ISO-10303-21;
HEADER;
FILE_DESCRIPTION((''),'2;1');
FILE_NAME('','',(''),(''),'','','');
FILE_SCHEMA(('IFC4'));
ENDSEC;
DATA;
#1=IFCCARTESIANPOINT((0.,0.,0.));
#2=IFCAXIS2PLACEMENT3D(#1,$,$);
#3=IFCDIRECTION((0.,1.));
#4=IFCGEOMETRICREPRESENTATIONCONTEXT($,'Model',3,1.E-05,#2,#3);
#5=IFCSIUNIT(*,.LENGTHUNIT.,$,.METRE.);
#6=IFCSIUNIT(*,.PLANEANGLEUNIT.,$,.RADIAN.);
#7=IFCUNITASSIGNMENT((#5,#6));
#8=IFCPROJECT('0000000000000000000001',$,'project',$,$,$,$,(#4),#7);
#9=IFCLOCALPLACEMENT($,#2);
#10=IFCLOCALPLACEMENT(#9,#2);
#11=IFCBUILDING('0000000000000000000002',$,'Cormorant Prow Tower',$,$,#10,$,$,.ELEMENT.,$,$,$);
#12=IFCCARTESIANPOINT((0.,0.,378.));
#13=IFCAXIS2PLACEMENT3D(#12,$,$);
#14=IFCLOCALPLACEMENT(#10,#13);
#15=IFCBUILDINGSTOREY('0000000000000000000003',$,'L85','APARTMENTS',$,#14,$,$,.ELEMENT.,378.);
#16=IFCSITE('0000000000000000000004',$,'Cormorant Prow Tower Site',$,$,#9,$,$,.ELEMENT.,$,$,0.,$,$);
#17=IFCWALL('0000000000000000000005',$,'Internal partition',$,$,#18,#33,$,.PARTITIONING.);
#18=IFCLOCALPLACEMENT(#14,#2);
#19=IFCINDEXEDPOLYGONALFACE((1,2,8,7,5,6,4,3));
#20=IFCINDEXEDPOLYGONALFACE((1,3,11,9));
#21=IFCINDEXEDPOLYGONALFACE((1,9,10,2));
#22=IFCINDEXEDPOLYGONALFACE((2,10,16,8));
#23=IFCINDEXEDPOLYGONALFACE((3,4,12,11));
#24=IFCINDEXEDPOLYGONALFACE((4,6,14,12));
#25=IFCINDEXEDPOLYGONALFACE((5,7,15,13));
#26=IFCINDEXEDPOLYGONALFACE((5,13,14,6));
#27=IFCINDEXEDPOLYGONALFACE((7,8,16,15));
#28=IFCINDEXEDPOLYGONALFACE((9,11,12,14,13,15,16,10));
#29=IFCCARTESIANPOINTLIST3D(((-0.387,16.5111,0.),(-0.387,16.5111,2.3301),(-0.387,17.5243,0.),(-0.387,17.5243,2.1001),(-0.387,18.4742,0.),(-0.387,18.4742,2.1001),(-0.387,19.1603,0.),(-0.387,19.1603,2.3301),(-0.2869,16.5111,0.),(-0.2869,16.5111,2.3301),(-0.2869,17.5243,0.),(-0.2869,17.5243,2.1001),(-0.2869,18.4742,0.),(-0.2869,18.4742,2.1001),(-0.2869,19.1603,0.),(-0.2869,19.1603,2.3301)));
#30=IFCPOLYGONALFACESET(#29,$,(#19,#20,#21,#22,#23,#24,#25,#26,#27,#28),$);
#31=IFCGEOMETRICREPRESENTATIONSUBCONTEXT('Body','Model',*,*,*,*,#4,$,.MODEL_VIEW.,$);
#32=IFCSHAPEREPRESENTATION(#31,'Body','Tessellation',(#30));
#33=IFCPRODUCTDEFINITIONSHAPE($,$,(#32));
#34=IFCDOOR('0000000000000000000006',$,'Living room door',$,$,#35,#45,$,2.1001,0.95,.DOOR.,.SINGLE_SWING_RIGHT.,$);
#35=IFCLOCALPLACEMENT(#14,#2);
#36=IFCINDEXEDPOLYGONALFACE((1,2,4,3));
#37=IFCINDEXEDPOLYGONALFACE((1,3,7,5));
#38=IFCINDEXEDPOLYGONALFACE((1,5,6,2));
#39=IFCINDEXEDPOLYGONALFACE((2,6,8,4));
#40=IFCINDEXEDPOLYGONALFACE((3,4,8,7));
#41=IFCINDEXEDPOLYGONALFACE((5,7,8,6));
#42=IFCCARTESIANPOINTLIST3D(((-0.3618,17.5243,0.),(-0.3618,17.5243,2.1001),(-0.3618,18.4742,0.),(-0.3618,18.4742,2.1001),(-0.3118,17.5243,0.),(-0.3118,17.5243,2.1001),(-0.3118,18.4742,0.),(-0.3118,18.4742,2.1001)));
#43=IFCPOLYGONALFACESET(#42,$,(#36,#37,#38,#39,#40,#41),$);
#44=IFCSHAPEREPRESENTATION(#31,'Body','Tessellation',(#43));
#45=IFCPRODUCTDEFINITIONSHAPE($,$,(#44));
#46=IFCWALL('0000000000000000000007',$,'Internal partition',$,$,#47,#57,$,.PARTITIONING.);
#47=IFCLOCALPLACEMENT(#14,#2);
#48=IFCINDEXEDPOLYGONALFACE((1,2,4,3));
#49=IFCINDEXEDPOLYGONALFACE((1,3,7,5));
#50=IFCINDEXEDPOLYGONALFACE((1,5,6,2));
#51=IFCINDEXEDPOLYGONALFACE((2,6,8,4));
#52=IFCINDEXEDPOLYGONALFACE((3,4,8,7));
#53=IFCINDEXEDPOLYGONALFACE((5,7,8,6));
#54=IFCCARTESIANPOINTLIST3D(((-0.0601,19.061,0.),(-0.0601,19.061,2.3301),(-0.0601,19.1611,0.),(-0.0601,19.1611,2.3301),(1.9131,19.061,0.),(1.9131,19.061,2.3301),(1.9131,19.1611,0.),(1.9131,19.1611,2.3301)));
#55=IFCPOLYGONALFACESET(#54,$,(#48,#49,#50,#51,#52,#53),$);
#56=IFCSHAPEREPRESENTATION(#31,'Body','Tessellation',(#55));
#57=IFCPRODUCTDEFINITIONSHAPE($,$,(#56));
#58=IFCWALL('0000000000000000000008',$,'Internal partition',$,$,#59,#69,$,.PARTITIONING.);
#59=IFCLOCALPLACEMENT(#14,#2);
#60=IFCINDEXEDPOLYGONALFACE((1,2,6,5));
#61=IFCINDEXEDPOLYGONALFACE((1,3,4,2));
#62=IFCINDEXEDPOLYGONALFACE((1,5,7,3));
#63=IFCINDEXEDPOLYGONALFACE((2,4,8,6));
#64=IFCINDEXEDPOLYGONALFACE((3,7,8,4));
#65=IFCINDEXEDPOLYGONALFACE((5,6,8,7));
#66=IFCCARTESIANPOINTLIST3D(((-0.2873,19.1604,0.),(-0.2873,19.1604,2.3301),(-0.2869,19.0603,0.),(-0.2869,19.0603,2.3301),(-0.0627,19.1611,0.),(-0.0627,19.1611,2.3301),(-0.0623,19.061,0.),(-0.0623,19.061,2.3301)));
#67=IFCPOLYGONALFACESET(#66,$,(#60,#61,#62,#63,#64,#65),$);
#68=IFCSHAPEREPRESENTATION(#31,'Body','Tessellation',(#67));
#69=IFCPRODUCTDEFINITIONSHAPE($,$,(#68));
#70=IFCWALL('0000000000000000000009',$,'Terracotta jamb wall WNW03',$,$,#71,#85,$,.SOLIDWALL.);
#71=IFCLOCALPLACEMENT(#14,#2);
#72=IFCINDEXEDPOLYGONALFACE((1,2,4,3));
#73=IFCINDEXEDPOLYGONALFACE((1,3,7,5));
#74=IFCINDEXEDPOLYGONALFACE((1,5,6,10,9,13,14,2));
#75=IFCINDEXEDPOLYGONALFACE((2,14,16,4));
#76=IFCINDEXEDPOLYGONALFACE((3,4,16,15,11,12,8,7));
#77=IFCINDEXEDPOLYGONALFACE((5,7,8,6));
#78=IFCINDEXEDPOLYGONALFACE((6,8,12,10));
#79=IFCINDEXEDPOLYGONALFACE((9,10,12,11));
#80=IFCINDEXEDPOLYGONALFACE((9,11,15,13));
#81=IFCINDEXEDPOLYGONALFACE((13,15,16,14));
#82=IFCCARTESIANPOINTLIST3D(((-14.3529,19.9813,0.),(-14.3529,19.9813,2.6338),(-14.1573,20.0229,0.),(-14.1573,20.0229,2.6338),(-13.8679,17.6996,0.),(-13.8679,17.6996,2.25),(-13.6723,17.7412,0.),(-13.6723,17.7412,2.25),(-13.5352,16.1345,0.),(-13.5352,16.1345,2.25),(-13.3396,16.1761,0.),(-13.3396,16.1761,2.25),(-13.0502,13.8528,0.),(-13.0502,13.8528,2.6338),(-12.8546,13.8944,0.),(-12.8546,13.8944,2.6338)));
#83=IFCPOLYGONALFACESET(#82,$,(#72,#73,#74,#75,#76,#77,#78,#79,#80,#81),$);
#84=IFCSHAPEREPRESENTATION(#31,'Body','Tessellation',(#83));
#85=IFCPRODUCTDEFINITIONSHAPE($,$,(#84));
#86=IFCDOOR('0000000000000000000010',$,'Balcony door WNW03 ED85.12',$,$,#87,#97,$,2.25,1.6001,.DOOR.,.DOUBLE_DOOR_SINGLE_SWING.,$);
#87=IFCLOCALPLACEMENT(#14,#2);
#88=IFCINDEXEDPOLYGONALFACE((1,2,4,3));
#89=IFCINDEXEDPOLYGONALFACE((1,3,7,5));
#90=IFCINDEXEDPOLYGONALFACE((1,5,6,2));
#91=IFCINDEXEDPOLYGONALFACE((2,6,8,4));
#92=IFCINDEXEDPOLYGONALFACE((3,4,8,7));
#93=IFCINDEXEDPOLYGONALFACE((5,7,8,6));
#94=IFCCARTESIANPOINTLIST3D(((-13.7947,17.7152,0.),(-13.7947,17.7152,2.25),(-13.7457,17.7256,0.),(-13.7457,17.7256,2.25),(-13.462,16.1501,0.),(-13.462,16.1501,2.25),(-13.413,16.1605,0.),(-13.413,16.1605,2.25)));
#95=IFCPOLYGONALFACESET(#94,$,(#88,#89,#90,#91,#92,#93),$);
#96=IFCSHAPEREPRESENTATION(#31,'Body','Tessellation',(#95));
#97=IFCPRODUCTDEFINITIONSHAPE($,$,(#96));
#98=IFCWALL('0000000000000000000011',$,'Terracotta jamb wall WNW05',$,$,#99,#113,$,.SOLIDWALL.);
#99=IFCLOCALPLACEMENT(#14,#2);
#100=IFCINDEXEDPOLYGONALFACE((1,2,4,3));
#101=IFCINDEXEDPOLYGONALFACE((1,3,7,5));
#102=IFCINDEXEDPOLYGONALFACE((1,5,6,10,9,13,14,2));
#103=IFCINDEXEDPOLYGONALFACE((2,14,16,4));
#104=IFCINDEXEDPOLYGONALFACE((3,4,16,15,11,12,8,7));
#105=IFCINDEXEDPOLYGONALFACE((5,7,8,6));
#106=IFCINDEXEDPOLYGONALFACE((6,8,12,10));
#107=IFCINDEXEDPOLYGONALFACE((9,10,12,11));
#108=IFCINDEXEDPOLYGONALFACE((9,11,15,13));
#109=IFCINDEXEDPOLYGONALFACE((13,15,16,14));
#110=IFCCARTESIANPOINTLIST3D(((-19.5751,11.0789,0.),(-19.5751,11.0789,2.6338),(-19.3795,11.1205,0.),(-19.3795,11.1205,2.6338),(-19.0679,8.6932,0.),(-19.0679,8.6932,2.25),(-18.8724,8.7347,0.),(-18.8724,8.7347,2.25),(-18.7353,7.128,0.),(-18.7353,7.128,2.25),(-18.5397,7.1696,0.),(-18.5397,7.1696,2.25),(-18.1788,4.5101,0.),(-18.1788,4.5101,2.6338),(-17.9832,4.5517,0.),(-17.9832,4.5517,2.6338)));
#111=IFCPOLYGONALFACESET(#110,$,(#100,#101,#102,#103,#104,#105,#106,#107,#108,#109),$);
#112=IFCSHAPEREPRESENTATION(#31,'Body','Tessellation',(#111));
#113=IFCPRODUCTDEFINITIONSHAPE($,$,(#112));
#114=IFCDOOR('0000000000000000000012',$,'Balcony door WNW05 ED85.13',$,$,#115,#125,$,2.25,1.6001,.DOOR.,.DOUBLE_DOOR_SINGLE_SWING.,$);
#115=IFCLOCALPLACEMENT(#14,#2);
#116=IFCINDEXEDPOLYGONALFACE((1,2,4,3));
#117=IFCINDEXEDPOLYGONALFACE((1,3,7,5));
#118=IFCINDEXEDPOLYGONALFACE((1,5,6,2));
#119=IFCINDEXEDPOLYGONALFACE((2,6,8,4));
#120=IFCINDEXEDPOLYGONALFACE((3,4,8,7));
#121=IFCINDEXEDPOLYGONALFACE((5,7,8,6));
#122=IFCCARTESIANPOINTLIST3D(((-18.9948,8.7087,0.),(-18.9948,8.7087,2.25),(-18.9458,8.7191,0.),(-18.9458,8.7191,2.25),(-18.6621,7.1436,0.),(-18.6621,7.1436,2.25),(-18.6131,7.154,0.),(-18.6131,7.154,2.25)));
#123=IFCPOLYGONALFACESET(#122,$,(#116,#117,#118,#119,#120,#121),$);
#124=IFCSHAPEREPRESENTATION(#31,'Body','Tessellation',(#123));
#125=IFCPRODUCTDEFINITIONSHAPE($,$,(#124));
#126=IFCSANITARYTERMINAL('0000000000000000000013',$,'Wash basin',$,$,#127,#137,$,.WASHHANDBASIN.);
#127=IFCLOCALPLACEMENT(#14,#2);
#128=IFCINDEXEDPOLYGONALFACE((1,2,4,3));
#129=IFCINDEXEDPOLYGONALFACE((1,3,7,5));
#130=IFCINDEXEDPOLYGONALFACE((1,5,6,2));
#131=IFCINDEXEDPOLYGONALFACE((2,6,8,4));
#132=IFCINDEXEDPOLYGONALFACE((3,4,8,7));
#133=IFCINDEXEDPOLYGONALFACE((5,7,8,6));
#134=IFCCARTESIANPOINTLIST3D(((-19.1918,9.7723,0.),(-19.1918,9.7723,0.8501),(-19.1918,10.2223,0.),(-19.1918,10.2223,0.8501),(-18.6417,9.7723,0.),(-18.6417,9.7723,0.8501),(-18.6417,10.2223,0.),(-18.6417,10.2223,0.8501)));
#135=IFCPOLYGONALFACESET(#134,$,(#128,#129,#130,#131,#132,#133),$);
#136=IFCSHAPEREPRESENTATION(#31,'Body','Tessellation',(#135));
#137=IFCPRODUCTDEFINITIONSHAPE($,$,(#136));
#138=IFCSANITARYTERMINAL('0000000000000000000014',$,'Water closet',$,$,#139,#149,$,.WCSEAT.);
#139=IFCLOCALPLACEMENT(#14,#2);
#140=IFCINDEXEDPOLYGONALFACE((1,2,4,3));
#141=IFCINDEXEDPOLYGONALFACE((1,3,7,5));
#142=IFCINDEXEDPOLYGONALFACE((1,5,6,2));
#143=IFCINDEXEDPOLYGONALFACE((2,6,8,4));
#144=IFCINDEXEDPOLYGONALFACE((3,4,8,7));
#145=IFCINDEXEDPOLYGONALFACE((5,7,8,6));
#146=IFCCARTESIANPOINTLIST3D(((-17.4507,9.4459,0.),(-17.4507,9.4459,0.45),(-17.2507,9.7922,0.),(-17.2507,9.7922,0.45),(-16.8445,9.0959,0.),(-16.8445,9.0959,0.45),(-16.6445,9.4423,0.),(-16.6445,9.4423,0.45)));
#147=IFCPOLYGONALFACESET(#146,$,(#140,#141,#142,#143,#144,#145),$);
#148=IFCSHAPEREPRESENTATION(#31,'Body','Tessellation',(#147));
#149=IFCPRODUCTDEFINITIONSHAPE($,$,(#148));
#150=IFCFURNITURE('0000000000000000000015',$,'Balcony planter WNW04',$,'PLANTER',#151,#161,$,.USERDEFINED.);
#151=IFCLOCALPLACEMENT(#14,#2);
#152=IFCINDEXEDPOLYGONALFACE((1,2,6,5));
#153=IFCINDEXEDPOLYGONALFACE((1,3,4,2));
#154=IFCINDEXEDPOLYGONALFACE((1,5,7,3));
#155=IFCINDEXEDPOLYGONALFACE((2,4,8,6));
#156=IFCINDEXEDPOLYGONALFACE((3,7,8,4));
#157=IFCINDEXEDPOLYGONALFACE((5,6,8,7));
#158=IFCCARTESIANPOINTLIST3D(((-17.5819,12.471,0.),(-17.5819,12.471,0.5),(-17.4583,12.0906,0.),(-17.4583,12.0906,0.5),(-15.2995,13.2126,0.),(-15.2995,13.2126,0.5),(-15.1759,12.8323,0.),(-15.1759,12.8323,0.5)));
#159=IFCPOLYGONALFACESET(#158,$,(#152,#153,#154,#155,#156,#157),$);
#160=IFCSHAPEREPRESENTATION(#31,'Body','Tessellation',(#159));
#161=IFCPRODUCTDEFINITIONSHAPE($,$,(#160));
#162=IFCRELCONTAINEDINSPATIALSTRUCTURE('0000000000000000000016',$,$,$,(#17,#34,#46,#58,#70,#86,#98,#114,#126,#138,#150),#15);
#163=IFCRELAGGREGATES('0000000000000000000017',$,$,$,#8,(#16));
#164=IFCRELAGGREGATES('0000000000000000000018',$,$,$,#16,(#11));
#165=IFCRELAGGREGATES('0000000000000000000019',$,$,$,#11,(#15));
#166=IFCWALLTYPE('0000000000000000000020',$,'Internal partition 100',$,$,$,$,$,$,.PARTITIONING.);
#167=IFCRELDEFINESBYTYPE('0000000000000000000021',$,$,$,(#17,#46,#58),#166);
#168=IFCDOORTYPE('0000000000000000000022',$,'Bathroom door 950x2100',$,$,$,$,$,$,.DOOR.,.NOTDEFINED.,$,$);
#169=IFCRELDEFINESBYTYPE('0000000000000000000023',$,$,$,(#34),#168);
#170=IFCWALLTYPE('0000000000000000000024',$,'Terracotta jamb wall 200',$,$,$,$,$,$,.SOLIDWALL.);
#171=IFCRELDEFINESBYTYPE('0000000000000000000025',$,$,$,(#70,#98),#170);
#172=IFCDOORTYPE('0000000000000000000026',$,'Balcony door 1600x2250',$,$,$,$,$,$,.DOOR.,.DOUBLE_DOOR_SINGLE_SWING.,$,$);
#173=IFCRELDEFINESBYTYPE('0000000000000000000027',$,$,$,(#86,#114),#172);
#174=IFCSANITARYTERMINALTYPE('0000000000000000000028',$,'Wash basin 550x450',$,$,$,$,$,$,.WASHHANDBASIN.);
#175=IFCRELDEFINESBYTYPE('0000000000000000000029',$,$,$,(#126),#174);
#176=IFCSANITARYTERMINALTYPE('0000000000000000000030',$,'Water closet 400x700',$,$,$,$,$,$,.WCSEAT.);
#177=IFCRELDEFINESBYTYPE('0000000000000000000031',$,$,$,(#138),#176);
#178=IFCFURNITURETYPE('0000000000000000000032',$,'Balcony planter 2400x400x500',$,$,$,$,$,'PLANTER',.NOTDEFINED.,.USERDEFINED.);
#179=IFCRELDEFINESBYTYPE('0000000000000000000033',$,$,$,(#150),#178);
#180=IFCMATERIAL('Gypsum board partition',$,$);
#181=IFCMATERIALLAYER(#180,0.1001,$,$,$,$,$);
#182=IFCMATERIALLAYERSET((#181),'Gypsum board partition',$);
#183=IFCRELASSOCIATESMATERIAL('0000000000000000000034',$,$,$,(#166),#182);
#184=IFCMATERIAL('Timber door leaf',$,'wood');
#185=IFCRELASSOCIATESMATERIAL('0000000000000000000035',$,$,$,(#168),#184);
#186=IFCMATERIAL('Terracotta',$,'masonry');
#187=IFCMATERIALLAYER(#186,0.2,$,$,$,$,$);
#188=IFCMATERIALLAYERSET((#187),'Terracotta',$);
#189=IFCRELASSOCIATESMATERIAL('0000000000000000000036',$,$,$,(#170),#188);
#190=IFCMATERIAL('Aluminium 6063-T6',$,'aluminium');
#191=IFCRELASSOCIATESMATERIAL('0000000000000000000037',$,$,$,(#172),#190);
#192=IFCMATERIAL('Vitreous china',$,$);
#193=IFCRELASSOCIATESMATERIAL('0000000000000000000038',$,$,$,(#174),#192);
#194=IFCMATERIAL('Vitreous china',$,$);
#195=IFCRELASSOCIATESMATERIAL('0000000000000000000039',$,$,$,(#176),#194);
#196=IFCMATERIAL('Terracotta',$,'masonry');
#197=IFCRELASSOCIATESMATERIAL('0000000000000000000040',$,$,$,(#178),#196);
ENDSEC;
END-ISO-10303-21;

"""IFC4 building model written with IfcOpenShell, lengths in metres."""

from ifc_helpers import new_model, si_unit, direction, frame, frame_2d, origin, origin_2d, place, context, subcontext, project, spatial, rectangle, extrude, material, layer, layer_set, type_object, element, fill, save


model = new_model("IFC4")

# Units and contexts
model_context = context("Model", 3, precision=1e-05, world=origin(), true_north=direction((0.0, 1.0)))
body_context = subcontext(model_context, "Body", "Model", "MODEL_VIEW")
ifc_project = project(units=[si_unit("LENGTHUNIT", "METRE"), si_unit("PLANEANGLEUNIT", "RADIAN")], contexts=[model_context])

# Site, building, storey
site_placement = place(None, origin())
site = spatial("IfcSite", under=ifc_project, at=site_placement, Name="Cormorant Prow Tower Site", CompositionType="ELEMENT", RefElevation=0.0)
building_placement = place(site_placement, origin())
building = spatial("IfcBuilding", under=site, at=building_placement, Name="Cormorant Prow Tower", CompositionType="ELEMENT")
storey_placement = place(building_placement, frame((0.0, 0.0, 378.0)))
storey = spatial("IfcBuildingStorey", under=building, at=storey_placement, Name="L85", Description="APARTMENTS", CompositionType="ELEMENT", Elevation=378.0)

# Wall, opening, door
ifc_material_1 = material(Name="Gypsum board partition")
ifc_layer_1 = layer(ifc_material_1, 0.1001)
ifc_layer_set_1 = layer_set([ifc_layer_1], Name="Gypsum board partition")
wall_type_1 = type_object("IfcWallType", Name="Internal partition 100", PredefinedType="PARTITIONING", material=ifc_layer_set_1)
wall_1_placement = place(storey_placement, frame((-0.3369, 16.511, 0.0), z_axis=(0.0, 0.0, 1.0), x_axis=(0.0, 1.0, 0.0)))
wall_1 = element("IfcWall", 1, at=wall_1_placement, inside=storey, type_object=wall_type_1, Name="Internal partition", PredefinedType="PARTITIONING", context=body_context, shape_type="SweptSolid", body=[
    extrude(rectangle(XDim=2.6492, YDim=0.1001, at=frame_2d((1.3247, 0.0))), origin(), (0.0, 0.0, 1.0), 2.3301),
])
opening_1_placement = place(wall_1_placement, frame((1.0132, 0.0, 0.0)))
opening_1 = element("IfcOpeningElement", 2, at=opening_1_placement, cuts=wall_1, PredefinedType="OPENING", context=body_context, shape_type="SweptSolid", body=[
    extrude(rectangle(XDim=0.95, YDim=2.1001, at=frame_2d((0.4751, 1.05))), frame((0.0, 0.0601, 0.0), z_axis=(0.0, -1.0, 0.0), x_axis=(1.0, 0.0, 0.0)), (0.0, 0.0, 1.0), 0.1201),
])
ifc_material_2 = material(Name="Timber door leaf", Category="wood")
door_type_1 = type_object("IfcDoorType", Name="Bathroom door 950x2100", OperationType="NOTDEFINED", PredefinedType="DOOR", material=ifc_material_2)
door_1_placement = place(opening_1_placement, origin())
door_1 = element("IfcDoor", 3, at=door_1_placement, inside=storey, type_object=door_type_1, Name="Living room door", OperationType="SINGLE_SWING_RIGHT", OverallHeight=2.1001, OverallWidth=0.95, PredefinedType="DOOR", context=body_context, shape_type="SweptSolid", body=[
    extrude(rectangle(XDim=0.95, YDim=2.1001, at=frame_2d((0.4751, 1.05))), frame((0.0, 0.0249, 0.0), z_axis=(0.0, -1.0, 0.0), x_axis=(1.0, 0.0, 0.0)), (0.0, 0.0, 1.0), 0.05),
])
fill(opening_1, door_1)

# Walls
wall_2_placement = place(storey_placement, frame((-0.0601, 19.1111, 0.0), z_axis=(0.0, 0.0, 1.0), x_axis=(1.0, 0.0, 0.0)))
element("IfcWall", 4, at=wall_2_placement, inside=storey, type_object=wall_type_1, Name="Internal partition", PredefinedType="PARTITIONING", context=body_context, shape_type="SweptSolid", body=[
    extrude(rectangle(XDim=1.9731, YDim=0.1001, at=frame_2d((0.9866, 0.0))), origin(), (0.0, 0.0, 1.0), 2.3301),
])
wall_3_placement = place(storey_placement, frame((-0.2871, 19.1104, 0.0), z_axis=(0.0, 0.0, 1.0), x_axis=(0.999995, 0.003261, 0.0)))
element("IfcWall", 5, at=wall_3_placement, inside=storey, type_object=wall_type_1, Name="Internal partition", PredefinedType="PARTITIONING", context=body_context, shape_type="SweptSolid", body=[
    extrude(rectangle(XDim=0.2246, YDim=0.1001, at=frame_2d((0.1123, 0.0))), origin(), (0.0, 0.0, 1.0), 2.3301),
])

# Walls, openings, doors
ifc_material_3 = material(Name="Terracotta", Category="masonry")
ifc_layer_2 = layer(ifc_material_3, 0.2)
ifc_layer_set_2 = layer_set([ifc_layer_2], Name="Terracotta")
wall_type_2 = type_object("IfcWallType", Name="Terracotta jamb wall 200", PredefinedType="SOLIDWALL", material=ifc_layer_set_2)
wall_4_placement = place(storey_placement, frame((-14.2551, 20.0022, 0.0), z_axis=(0.0, 0.0, 1.0), x_axis=(0.207927, -0.978144, 0.0)))
wall_4 = element("IfcWall", 6, at=wall_4_placement, inside=storey, type_object=wall_type_2, Name="Terracotta jamb wall WNW03", PredefinedType="SOLIDWALL", context=body_context, shape_type="SweptSolid", body=[
    extrude(rectangle(XDim=6.2654, YDim=0.2, at=frame_2d((3.1328, 0.0))), origin(), (0.0, 0.0, 1.0), 2.6338),
])
opening_2_placement = place(wall_4_placement, frame((2.3328, 0.0, 0.0)))
opening_2 = element("IfcOpeningElement", 7, at=opening_2_placement, cuts=wall_4, PredefinedType="OPENING", context=body_context, shape_type="SweptSolid", body=[
    extrude(rectangle(XDim=1.6001, YDim=2.25, at=frame_2d((0.8, 1.125))), frame((0.0, 0.1099, 0.0), z_axis=(0.0, -1.0, 0.0), x_axis=(1.0, 0.0, 0.0)), (0.0, 0.0, 1.0), 0.22),
])
ifc_material_4 = material(Name="Aluminium 6063-T6", Category="aluminium")
door_type_2 = type_object("IfcDoorType", Name="Balcony door 1600x2250", OperationType="DOUBLE_DOOR_SINGLE_SWING", PredefinedType="DOOR", material=ifc_material_4)
door_2_placement = place(opening_2_placement, origin())
door_2 = element("IfcDoor", 8, at=door_2_placement, inside=storey, type_object=door_type_2, Name="Balcony door WNW03 ED85.12", OperationType="DOUBLE_DOOR_SINGLE_SWING", OverallHeight=2.25, OverallWidth=1.6001, PredefinedType="DOOR", context=body_context, shape_type="SweptSolid", body=[
    extrude(rectangle(XDim=1.6001, YDim=2.25, at=frame_2d((0.8, 1.125))), frame((0.0, 0.0249, 0.0), z_axis=(0.0, -1.0, 0.0), x_axis=(1.0, 0.0, 0.0)), (0.0, 0.0, 1.0), 0.05),
])
fill(opening_2, door_2)
wall_5_placement = place(storey_placement, frame((-19.4773, 11.0999, 0.0), z_axis=(0.0, 0.0, 1.0), x_axis=(0.20791, -0.978148, 0.0)))
wall_5 = element("IfcWall", 9, at=wall_5_placement, inside=storey, type_object=wall_type_2, Name="Terracotta jamb wall WNW05", PredefinedType="SOLIDWALL", context=body_context, shape_type="SweptSolid", body=[
    extrude(rectangle(XDim=6.7156, YDim=0.2, at=frame_2d((3.3579, 0.0))), origin(), (0.0, 0.0, 1.0), 2.6338),
])
opening_3_placement = place(wall_5_placement, frame((2.4392, 0.0, 0.0)))
opening_3 = element("IfcOpeningElement", 10, at=opening_3_placement, cuts=wall_5, PredefinedType="OPENING", context=body_context, shape_type="SweptSolid", body=[
    extrude(rectangle(XDim=1.6001, YDim=2.25, at=frame_2d((0.8, 1.125))), frame((0.0, 0.1099, 0.0), z_axis=(0.0, -1.0, 0.0), x_axis=(1.0, 0.0, 0.0)), (0.0, 0.0, 1.0), 0.22),
])
door_3_placement = place(opening_3_placement, origin())
door_3 = element("IfcDoor", 11, at=door_3_placement, inside=storey, type_object=door_type_2, Name="Balcony door WNW05 ED85.13", OperationType="DOUBLE_DOOR_SINGLE_SWING", OverallHeight=2.25, OverallWidth=1.6001, PredefinedType="DOOR", context=body_context, shape_type="SweptSolid", body=[
    extrude(rectangle(XDim=1.6001, YDim=2.25, at=frame_2d((0.8, 1.125))), frame((0.0, 0.0249, 0.0), z_axis=(0.0, -1.0, 0.0), x_axis=(1.0, 0.0, 0.0)), (0.0, 0.0, 1.0), 0.05),
])
fill(opening_3, door_3)

# Sanitary terminals
ifc_material_5 = material(Name="Vitreous china")
sanitary_terminal_type_1 = type_object("IfcSanitaryTerminalType", Name="Wash basin 550x450", PredefinedType="WASHHANDBASIN", material=ifc_material_5)
sanitary_terminal_1_placement = place(storey_placement, frame((-18.9167, 9.9973, 0.0), z_axis=(0.0, 0.0, 1.0), x_axis=(1.0, 0.0, 0.0)))
element("IfcSanitaryTerminal", 12, at=sanitary_terminal_1_placement, inside=storey, type_object=sanitary_terminal_type_1, Name="Wash basin", PredefinedType="WASHHANDBASIN", context=body_context, shape_type="SweptSolid", body=[
    extrude(rectangle(XDim=0.55, YDim=0.45, at=origin_2d()), origin(), (0.0, 0.0, 1.0), 0.8501),
])
ifc_material_6 = material(Name="Vitreous china")
sanitary_terminal_type_2 = type_object("IfcSanitaryTerminalType", Name="Water closet 400x700", PredefinedType="WCSEAT", material=ifc_material_6)
sanitary_terminal_2_placement = place(storey_placement, frame((-17.0476, 9.4441, 0.0), z_axis=(0.0, 0.0, 1.0), x_axis=(-0.5, -0.866025, 0.0)))
element("IfcSanitaryTerminal", 13, at=sanitary_terminal_2_placement, inside=storey, type_object=sanitary_terminal_type_2, Name="Water closet", PredefinedType="WCSEAT", context=body_context, shape_type="SweptSolid", body=[
    extrude(rectangle(XDim=0.3999, YDim=0.7, at=origin_2d()), origin(), (0.0, 0.0, 1.0), 0.45),
])

# Furniture
ifc_material_7 = material(Name="Terracotta", Category="masonry")
furniture_type = type_object("IfcFurnitureType", Name="Balcony planter 2400x400x500", ElementType="PLANTER", AssemblyPlace="NOTDEFINED", PredefinedType="USERDEFINED", material=ifc_material_7)
furniture_placement = place(storey_placement, frame((-16.3789, 12.6516, 0.0), z_axis=(0.0, 0.0, 1.0), x_axis=(-0.951057, -0.309017, 0.0)))
element("IfcFurniture", 14, at=furniture_placement, inside=storey, type_object=furniture_type, Name="Balcony planter WNW04", ObjectType="PLANTER", PredefinedType="USERDEFINED", context=body_context, shape_type="SweptSolid", body=[
    extrude(rectangle(XDim=2.3999, YDim=0.3999, at=origin_2d()), origin(), (0.0, 0.0, 1.0), 0.5),
])

save(model, "model.ifc")
